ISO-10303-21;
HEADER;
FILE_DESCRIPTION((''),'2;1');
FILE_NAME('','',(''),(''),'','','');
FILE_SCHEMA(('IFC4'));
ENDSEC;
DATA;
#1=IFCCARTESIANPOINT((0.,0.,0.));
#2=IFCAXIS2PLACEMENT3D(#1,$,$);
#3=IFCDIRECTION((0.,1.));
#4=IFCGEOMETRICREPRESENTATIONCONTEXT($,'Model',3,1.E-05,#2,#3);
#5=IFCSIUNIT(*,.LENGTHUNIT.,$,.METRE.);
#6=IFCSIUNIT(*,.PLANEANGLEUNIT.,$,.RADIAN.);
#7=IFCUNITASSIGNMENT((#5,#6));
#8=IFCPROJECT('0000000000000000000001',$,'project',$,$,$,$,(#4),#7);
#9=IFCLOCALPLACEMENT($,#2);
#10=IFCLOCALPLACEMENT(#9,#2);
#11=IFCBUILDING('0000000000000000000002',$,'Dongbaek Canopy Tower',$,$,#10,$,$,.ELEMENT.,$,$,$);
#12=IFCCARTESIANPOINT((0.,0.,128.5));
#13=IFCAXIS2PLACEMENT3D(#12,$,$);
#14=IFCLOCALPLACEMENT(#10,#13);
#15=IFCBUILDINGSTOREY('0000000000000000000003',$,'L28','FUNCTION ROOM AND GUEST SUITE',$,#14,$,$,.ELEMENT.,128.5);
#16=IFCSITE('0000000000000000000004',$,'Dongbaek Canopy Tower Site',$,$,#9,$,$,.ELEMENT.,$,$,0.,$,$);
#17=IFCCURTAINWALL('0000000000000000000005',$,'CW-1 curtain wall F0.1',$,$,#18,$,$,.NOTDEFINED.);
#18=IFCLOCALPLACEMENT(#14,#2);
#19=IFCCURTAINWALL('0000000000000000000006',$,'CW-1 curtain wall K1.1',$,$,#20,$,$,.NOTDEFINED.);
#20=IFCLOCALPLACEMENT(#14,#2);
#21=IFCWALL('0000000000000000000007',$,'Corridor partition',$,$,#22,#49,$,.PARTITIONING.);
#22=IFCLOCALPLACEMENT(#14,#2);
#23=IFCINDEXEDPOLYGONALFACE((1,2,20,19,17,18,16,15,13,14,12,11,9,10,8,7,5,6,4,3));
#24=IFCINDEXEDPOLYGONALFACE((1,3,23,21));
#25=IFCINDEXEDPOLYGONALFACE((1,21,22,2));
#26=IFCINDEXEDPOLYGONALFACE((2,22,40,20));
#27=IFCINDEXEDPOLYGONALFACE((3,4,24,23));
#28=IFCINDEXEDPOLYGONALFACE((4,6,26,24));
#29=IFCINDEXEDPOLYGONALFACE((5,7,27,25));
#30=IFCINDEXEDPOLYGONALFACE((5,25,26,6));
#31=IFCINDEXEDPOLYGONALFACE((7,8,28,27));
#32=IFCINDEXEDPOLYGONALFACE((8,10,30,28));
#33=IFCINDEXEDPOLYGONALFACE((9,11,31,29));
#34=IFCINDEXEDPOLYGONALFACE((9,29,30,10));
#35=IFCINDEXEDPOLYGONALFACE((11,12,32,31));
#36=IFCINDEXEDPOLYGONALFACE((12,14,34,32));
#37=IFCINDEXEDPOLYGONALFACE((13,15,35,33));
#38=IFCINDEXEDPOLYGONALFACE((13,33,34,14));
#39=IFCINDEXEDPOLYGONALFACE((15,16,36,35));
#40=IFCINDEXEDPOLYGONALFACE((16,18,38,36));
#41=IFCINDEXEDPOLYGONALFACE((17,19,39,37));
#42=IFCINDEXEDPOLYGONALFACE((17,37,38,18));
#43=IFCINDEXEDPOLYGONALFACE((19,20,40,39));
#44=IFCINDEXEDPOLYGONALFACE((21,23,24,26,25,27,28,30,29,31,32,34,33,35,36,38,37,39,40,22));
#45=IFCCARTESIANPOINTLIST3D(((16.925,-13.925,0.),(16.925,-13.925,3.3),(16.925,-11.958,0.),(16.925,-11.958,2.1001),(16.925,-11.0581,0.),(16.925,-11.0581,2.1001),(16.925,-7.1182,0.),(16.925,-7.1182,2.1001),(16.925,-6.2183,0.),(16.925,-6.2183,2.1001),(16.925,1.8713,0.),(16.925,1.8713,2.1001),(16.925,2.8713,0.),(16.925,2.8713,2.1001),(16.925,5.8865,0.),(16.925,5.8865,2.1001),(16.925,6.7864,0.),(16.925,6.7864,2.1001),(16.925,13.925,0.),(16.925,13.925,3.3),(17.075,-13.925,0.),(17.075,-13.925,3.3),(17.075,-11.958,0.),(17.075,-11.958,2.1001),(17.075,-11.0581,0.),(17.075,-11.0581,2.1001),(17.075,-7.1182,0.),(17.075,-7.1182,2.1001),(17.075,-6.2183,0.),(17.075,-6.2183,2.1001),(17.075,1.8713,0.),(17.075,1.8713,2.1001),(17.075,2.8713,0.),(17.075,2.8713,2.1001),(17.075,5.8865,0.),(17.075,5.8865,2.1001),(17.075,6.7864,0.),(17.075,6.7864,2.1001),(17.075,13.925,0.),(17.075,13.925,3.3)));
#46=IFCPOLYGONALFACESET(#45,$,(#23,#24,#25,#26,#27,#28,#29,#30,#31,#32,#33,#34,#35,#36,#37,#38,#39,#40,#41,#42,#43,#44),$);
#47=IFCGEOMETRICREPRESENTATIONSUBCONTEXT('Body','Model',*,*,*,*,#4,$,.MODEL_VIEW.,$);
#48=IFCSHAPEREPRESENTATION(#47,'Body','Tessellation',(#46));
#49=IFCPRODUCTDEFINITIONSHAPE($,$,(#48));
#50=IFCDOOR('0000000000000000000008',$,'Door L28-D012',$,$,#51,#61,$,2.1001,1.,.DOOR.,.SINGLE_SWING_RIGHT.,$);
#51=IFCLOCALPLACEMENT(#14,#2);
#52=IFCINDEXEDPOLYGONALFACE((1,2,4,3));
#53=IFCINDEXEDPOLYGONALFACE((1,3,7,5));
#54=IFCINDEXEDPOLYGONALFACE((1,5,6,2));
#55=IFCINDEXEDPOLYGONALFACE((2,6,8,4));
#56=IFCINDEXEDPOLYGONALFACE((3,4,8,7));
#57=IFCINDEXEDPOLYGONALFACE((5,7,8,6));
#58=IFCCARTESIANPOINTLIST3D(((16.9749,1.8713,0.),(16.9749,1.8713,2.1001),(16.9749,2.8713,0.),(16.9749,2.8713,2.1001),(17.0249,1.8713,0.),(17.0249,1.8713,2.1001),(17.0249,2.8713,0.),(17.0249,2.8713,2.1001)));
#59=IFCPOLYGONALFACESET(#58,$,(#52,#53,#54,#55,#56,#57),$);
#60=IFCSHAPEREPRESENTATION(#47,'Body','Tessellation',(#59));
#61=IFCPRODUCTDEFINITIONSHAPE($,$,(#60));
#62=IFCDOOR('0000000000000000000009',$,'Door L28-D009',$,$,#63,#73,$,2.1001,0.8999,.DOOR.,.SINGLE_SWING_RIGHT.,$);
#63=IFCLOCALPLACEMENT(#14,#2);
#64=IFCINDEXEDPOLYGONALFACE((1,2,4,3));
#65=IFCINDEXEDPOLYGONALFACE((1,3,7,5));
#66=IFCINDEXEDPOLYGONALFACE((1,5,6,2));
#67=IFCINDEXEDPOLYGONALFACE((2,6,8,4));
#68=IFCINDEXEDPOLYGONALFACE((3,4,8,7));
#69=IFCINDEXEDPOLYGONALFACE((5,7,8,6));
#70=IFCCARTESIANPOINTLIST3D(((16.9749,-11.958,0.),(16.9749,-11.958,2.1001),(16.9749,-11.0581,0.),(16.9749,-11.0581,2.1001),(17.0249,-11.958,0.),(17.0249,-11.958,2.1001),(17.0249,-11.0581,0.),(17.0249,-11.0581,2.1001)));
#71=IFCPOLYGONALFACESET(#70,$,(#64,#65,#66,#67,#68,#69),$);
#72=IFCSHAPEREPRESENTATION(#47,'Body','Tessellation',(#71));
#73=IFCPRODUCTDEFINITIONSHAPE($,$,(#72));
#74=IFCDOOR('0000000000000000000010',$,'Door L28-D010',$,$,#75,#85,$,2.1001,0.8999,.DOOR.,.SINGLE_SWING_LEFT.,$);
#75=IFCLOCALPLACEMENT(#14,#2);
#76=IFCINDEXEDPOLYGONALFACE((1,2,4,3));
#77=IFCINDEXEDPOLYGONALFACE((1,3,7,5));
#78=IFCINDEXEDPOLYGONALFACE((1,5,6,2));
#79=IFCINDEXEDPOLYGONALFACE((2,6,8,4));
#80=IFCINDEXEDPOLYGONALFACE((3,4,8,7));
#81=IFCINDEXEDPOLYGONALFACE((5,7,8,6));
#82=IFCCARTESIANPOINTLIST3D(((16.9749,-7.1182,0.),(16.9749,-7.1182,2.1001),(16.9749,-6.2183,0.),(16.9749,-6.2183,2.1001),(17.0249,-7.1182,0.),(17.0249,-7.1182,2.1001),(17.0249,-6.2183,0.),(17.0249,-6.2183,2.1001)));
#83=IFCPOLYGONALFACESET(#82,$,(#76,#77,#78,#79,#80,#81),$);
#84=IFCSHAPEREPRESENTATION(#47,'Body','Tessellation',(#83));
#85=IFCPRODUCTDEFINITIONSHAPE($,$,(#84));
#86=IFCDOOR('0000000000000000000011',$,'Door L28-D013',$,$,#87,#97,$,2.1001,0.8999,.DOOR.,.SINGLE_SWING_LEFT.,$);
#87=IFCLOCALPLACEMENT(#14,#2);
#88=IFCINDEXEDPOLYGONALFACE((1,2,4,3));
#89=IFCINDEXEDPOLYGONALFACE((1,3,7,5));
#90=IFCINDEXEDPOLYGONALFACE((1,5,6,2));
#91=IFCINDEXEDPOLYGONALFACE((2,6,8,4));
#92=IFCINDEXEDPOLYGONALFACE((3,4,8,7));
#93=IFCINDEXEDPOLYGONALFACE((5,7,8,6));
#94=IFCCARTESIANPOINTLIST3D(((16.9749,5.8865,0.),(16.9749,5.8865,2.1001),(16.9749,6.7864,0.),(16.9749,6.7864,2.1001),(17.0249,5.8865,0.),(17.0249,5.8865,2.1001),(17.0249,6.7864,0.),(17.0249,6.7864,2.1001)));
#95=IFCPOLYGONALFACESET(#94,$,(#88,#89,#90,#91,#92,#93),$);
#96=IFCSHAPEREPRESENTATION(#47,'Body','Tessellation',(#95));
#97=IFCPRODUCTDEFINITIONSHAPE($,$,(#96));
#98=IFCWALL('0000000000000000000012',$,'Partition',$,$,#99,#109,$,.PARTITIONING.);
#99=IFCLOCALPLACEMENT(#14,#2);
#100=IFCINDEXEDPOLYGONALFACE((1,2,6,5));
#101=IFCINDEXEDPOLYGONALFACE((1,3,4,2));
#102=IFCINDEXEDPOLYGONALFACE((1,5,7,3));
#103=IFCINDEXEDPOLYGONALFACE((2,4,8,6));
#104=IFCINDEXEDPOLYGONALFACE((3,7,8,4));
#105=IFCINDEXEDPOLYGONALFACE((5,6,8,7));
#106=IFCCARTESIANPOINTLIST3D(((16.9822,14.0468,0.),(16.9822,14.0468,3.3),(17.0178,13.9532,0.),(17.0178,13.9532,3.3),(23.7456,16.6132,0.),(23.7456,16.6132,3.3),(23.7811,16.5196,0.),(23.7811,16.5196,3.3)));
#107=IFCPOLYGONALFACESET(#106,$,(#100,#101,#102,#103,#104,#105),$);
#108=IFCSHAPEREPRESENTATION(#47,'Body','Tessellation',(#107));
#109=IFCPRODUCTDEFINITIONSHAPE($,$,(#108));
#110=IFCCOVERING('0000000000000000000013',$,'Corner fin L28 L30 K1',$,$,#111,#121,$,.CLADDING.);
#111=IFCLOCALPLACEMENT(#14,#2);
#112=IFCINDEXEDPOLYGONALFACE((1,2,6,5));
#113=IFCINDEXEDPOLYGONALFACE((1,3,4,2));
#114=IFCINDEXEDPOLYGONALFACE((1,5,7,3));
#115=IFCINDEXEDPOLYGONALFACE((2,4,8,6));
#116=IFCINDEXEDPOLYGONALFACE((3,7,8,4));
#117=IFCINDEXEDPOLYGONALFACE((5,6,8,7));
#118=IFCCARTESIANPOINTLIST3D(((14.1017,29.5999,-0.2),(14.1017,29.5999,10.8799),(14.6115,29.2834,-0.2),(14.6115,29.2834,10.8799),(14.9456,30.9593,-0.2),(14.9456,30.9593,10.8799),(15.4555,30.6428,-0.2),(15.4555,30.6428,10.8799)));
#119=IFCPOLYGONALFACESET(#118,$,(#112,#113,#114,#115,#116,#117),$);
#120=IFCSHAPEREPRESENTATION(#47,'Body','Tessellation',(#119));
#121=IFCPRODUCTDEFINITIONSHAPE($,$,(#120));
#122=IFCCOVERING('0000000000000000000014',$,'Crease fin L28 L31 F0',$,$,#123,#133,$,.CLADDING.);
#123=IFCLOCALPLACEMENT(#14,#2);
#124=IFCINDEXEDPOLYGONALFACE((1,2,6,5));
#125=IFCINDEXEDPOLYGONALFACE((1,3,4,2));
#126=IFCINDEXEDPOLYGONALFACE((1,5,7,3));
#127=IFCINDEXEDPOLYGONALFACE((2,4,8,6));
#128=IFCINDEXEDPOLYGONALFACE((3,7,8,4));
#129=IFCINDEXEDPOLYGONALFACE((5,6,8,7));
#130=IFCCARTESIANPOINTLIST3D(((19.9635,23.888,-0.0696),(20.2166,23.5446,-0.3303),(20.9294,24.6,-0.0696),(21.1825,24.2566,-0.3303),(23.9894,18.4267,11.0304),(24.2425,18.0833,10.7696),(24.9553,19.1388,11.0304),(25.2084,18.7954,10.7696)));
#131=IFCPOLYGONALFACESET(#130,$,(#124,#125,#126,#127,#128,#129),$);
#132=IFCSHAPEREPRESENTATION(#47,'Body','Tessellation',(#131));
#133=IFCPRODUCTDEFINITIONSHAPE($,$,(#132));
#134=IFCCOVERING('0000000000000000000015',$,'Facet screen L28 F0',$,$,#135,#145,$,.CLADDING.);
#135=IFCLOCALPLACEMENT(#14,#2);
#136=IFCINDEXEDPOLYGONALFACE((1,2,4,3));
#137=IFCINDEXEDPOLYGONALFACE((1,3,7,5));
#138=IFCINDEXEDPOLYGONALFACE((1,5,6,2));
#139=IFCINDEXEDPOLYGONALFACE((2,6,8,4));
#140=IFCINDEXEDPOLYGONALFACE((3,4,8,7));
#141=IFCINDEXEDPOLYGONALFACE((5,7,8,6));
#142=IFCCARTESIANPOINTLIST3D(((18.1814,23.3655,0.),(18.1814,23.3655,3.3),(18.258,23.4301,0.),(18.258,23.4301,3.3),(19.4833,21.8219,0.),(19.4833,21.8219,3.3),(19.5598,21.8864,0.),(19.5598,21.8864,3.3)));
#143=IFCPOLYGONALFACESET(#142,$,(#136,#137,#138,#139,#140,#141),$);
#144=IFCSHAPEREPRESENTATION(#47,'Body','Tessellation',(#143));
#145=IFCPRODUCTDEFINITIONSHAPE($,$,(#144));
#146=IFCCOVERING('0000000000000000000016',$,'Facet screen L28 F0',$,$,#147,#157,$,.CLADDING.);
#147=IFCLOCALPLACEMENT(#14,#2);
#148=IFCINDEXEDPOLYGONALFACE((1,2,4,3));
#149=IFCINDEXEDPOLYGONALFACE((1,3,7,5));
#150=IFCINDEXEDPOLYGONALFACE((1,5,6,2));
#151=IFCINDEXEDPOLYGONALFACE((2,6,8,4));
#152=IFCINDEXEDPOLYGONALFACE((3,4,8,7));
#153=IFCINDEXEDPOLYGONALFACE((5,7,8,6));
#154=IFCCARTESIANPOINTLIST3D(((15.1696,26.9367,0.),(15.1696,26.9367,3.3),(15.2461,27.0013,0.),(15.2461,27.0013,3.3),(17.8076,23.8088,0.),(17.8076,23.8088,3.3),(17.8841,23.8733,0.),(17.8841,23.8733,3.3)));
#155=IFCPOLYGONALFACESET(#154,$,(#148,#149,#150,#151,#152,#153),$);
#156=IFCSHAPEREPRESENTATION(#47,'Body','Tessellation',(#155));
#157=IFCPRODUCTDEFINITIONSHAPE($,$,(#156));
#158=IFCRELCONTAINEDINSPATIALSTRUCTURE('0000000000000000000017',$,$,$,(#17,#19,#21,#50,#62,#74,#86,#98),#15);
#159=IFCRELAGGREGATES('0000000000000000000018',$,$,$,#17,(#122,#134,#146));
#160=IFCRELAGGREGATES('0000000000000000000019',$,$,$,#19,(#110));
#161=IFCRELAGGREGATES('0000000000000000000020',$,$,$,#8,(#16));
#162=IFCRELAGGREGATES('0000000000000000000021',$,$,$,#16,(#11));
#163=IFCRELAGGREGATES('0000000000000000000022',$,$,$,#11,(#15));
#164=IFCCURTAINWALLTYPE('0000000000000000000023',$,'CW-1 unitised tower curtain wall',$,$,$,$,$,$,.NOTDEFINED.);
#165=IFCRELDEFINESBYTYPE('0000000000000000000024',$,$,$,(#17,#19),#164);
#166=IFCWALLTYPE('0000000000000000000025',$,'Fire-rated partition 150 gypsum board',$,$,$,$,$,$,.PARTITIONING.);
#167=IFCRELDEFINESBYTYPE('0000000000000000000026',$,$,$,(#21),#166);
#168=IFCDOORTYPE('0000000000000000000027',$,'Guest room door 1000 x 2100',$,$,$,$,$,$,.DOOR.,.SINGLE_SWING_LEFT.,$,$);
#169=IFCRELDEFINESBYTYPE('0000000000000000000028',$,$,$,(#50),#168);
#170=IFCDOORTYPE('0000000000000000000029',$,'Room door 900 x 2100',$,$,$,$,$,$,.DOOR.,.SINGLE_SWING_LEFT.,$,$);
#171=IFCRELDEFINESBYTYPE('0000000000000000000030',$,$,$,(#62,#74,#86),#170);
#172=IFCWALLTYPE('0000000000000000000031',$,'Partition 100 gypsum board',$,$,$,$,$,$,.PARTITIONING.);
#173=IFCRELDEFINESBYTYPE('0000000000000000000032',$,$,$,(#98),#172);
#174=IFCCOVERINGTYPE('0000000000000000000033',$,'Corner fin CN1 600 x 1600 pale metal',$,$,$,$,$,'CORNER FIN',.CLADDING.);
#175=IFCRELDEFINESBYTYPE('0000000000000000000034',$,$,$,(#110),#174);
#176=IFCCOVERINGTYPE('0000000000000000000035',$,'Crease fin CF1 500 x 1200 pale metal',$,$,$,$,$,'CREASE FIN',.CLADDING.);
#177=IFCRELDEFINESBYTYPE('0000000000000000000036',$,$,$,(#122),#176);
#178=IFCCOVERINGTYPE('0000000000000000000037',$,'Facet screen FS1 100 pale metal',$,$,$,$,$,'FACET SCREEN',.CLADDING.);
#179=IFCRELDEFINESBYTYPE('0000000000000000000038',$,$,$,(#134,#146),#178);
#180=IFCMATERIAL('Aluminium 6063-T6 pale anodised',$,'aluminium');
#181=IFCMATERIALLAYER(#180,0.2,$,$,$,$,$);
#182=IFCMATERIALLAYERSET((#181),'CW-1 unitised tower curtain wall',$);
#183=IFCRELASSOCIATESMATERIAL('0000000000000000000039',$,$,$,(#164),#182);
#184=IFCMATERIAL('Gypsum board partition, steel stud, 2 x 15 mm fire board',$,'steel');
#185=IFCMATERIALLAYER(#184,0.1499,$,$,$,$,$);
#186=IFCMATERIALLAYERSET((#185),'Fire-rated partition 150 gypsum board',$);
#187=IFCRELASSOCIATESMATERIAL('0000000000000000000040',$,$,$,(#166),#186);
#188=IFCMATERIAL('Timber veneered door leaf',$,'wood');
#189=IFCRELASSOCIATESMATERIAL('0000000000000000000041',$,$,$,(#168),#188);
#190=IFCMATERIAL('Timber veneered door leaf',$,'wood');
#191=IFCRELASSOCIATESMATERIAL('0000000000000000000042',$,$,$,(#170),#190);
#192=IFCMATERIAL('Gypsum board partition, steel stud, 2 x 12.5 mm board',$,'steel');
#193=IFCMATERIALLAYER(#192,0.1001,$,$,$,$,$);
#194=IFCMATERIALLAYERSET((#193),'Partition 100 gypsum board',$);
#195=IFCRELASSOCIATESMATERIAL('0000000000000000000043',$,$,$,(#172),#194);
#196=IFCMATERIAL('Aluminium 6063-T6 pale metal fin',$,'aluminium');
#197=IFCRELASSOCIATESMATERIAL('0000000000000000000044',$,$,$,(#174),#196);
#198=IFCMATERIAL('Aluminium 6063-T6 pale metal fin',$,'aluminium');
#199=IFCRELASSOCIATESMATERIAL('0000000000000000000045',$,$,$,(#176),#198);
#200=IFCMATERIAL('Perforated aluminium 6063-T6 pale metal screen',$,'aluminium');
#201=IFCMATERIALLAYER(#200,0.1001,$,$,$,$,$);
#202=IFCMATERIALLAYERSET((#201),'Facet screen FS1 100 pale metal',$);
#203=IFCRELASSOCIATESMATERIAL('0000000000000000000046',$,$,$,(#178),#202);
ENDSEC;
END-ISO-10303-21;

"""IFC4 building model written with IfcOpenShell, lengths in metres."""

from ifc_helpers import new_model, si_unit, direction, frame, frame_2d, origin, origin_2d, place, context, subcontext, project, spatial, rectangle, extrude, material, layer, layer_set, material_profile, profile_set, type_object, element, fill, aggregate, save


model = new_model("IFC4")

# Units and contexts
model_context = context("Model", 3, precision=1e-05, world=origin(), true_north=direction((0.0, 1.0)))
body_context = subcontext(model_context, "Body", "Model", "MODEL_VIEW")
ifc_project = project(units=[si_unit("LENGTHUNIT", "METRE"), si_unit("PLANEANGLEUNIT", "RADIAN")], contexts=[model_context])

# Site, building, storey
site_placement = place(None, origin())
site = spatial("IfcSite", under=ifc_project, at=site_placement, Name="Dongbaek Canopy Tower Site", CompositionType="ELEMENT", RefElevation=0.0)
building_placement = place(site_placement, origin())
building = spatial("IfcBuilding", under=site, at=building_placement, Name="Dongbaek Canopy Tower", CompositionType="ELEMENT")
storey_placement = place(building_placement, frame((0.0, 0.0, 128.5)))
storey = spatial("IfcBuildingStorey", under=building, at=storey_placement, Name="L28", Description="FUNCTION ROOM AND GUEST SUITE", CompositionType="ELEMENT", Elevation=128.5)

# Curtain wall
ifc_material_1 = material(Name="Aluminium 6063-T6 pale anodised", Category="aluminium")
ifc_layer_1 = layer(ifc_material_1, 0.2)
ifc_layer_set_1 = layer_set([ifc_layer_1], Name="CW-1 unitised tower curtain wall")
curtain_wall_type = type_object("IfcCurtainWallType", Name="CW-1 unitised tower curtain wall", PredefinedType="NOTDEFINED", material=ifc_layer_set_1)
curtain_wall_1_placement = place(storey_placement, origin())
curtain_wall_1 = element("IfcCurtainWall", 1, at=curtain_wall_1_placement, inside=storey, type_object=curtain_wall_type, Name="CW-1 curtain wall F0.1", PredefinedType="NOTDEFINED")

# Curtain wall
curtain_wall_2_placement = place(storey_placement, origin())
curtain_wall_2 = element("IfcCurtainWall", 2, at=curtain_wall_2_placement, inside=storey, type_object=curtain_wall_type, Name="CW-1 curtain wall K1.1", PredefinedType="NOTDEFINED")

# Wall, openings, doors
ifc_material_2 = material(Name="Gypsum board partition, steel stud, 2 x 15 mm fire board", Category="steel")
ifc_layer_2 = layer(ifc_material_2, 0.1499)
ifc_layer_set_2 = layer_set([ifc_layer_2], Name="Fire-rated partition 150 gypsum board")
wall_type_1 = type_object("IfcWallType", Name="Fire-rated partition 150 gypsum board", PredefinedType="PARTITIONING", material=ifc_layer_set_2)
wall_1_placement = place(storey_placement, frame((17.0, 13.925, 0.0), z_axis=(0.0, 0.0, 1.0), x_axis=(0.0, -1.0, 0.0)))
wall_1 = element("IfcWall", 3, at=wall_1_placement, inside=storey, type_object=wall_type_1, Name="Corridor partition", PredefinedType="PARTITIONING", context=body_context, shape_type="SweptSolid", body=[
    extrude(rectangle(XDim=27.8501, YDim=0.1499, at=frame_2d((13.925, 0.0))), origin(), (0.0, 0.0, 1.0), 3.3),
])
opening_1_placement = place(wall_1_placement, frame((24.9832, 0.0, 0.0)))
opening_1 = element("IfcOpeningElement", 4, at=opening_1_placement, cuts=wall_1, PredefinedType="OPENING", context=body_context, shape_type="SweptSolid", body=[
    extrude(rectangle(XDim=0.8999, YDim=2.1001, at=frame_2d((0.45, 1.05))), frame((0.0, 0.085, 0.0), z_axis=(0.0, -1.0, 0.0), x_axis=(1.0, 0.0, 0.0)), (0.0, 0.0, 1.0), 0.1699),
])
opening_2_placement = place(wall_1_placement, frame((20.1433, 0.0, 0.0)))
opening_2 = element("IfcOpeningElement", 5, at=opening_2_placement, cuts=wall_1, PredefinedType="OPENING", context=body_context, shape_type="SweptSolid", body=[
    extrude(rectangle(XDim=0.8999, YDim=2.1001, at=frame_2d((0.45, 1.05))), frame((0.0, 0.085, 0.0), z_axis=(0.0, -1.0, 0.0), x_axis=(1.0, 0.0, 0.0)), (0.0, 0.0, 1.0), 0.1699),
])
opening_3_placement = place(wall_1_placement, frame((11.0537, 0.0, 0.0)))
opening_3 = element("IfcOpeningElement", 6, at=opening_3_placement, cuts=wall_1, PredefinedType="OPENING", context=body_context, shape_type="SweptSolid", body=[
    extrude(rectangle(XDim=1.0, YDim=2.1001, at=frame_2d((0.5, 1.05))), frame((0.0, 0.085, 0.0), z_axis=(0.0, -1.0, 0.0), x_axis=(1.0, 0.0, 0.0)), (0.0, 0.0, 1.0), 0.1699),
])
opening_4_placement = place(wall_1_placement, frame((7.1387, 0.0, 0.0)))
opening_4 = element("IfcOpeningElement", 7, at=opening_4_placement, cuts=wall_1, PredefinedType="OPENING", context=body_context, shape_type="SweptSolid", body=[
    extrude(rectangle(XDim=0.8999, YDim=2.1001, at=frame_2d((0.45, 1.05))), frame((0.0, 0.085, 0.0), z_axis=(0.0, -1.0, 0.0), x_axis=(1.0, 0.0, 0.0)), (0.0, 0.0, 1.0), 0.1699),
])
ifc_material_3 = material(Name="Timber veneered door leaf", Category="wood")
door_type_1 = type_object("IfcDoorType", Name="Guest room door 1000 x 2100", OperationType="SINGLE_SWING_LEFT", PredefinedType="DOOR", material=ifc_material_3)
door_1_placement = place(opening_3_placement, origin())
door_1 = element("IfcDoor", 8, at=door_1_placement, inside=storey, type_object=door_type_1, Name="Door L28-D012", OperationType="SINGLE_SWING_RIGHT", OverallHeight=2.1001, OverallWidth=1.0, PredefinedType="DOOR", context=body_context, shape_type="SweptSolid", body=[
    extrude(rectangle(XDim=1.0, YDim=2.1001, at=frame_2d((0.5, 1.05))), frame((0.0, 0.0249, 0.0), z_axis=(0.0, -1.0, 0.0), x_axis=(1.0, 0.0, 0.0)), (0.0, 0.0, 1.0), 0.05),
])
fill(opening_3, door_1)
ifc_material_4 = material(Name="Timber veneered door leaf", Category="wood")
door_type_2 = type_object("IfcDoorType", Name="Room door 900 x 2100", OperationType="SINGLE_SWING_LEFT", PredefinedType="DOOR", material=ifc_material_4)
door_2_placement = place(opening_1_placement, origin())
door_2 = element("IfcDoor", 9, at=door_2_placement, inside=storey, type_object=door_type_2, Name="Door L28-D009", OperationType="SINGLE_SWING_RIGHT", OverallHeight=2.1001, OverallWidth=0.8999, PredefinedType="DOOR", context=body_context, shape_type="SweptSolid", body=[
    extrude(rectangle(XDim=0.8999, YDim=2.1001, at=frame_2d((0.45, 1.05))), frame((0.0, 0.0249, 0.0), z_axis=(0.0, -1.0, 0.0), x_axis=(1.0, 0.0, 0.0)), (0.0, 0.0, 1.0), 0.05),
])
fill(opening_1, door_2)
door_3_placement = place(opening_2_placement, origin())
door_3 = element("IfcDoor", 10, at=door_3_placement, inside=storey, type_object=door_type_2, Name="Door L28-D010", OperationType="SINGLE_SWING_LEFT", OverallHeight=2.1001, OverallWidth=0.8999, PredefinedType="DOOR", context=body_context, shape_type="SweptSolid", body=[
    extrude(rectangle(XDim=0.8999, YDim=2.1001, at=frame_2d((0.45, 1.05))), frame((0.0, 0.0249, 0.0), z_axis=(0.0, -1.0, 0.0), x_axis=(1.0, 0.0, 0.0)), (0.0, 0.0, 1.0), 0.05),
])
fill(opening_2, door_3)
door_4_placement = place(opening_4_placement, origin())
door_4 = element("IfcDoor", 11, at=door_4_placement, inside=storey, type_object=door_type_2, Name="Door L28-D013", OperationType="SINGLE_SWING_LEFT", OverallHeight=2.1001, OverallWidth=0.8999, PredefinedType="DOOR", context=body_context, shape_type="SweptSolid", body=[
    extrude(rectangle(XDim=0.8999, YDim=2.1001, at=frame_2d((0.45, 1.05))), frame((0.0, 0.0249, 0.0), z_axis=(0.0, -1.0, 0.0), x_axis=(1.0, 0.0, 0.0)), (0.0, 0.0, 1.0), 0.05),
])
fill(opening_4, door_4)

# Wall
ifc_material_5 = material(Name="Gypsum board partition, steel stud, 2 x 12.5 mm board", Category="steel")
ifc_layer_3 = layer(ifc_material_5, 0.1001)
ifc_layer_set_3 = layer_set([ifc_layer_3], Name="Partition 100 gypsum board")
wall_type_2 = type_object("IfcWallType", Name="Partition 100 gypsum board", PredefinedType="PARTITIONING", material=ifc_layer_set_3)
wall_2_placement = place(storey_placement, frame((17.0, 14.0, 0.0), z_axis=(0.0, 0.0, 1.0), x_axis=(0.934953, 0.354771, 0.0)))
element("IfcWall", 12, at=wall_2_placement, inside=storey, type_object=wall_type_2, Name="Partition", PredefinedType="PARTITIONING", context=body_context, shape_type="SweptSolid", body=[
    extrude(rectangle(XDim=7.2339, YDim=0.1001, at=frame_2d((3.6169, 0.0))), origin(), (0.0, 0.0, 1.0), 3.3),
])

# Coverings
ifc_material_6 = material(Name="Aluminium 6063-T6 pale metal fin", Category="aluminium")
ifc_material_profile_1 = material_profile(ifc_material_6, rectangle(XDim=1.6001, YDim=0.6001, at=origin_2d()), Name="Corner fin CN1 600 x 1600 pale metal")
ifc_profile_set_1 = profile_set([ifc_material_profile_1], Name="Aluminium 6063-T6 pale metal fin")
covering_type_1 = type_object("IfcCoveringType", Name="Corner fin CN1 600 x 1600 pale metal", ElementType="CORNER FIN", PredefinedType="CLADDING", material=ifc_profile_set_1)
covering_1_placement = place(storey_placement, frame((14.7786, 30.1213, -0.2), z_axis=(0.0, 0.0, 1.0), x_axis=(0.527441, 0.849592, 0.0)))
covering_1 = element("IfcCovering", 13, at=covering_1_placement, type_object=covering_type_1, Name="Corner fin L28 L30 K1", PredefinedType="CLADDING", context=body_context, shape_type="SweptSolid", body=[
    extrude(rectangle(XDim=1.6001, YDim=0.6001, at=origin_2d()), origin(), (0.0, 0.0, 1.0), 11.0798),
])
ifc_material_7 = material(Name="Aluminium 6063-T6 pale metal fin", Category="aluminium")
ifc_material_profile_2 = material_profile(ifc_material_7, rectangle(XDim=1.2, YDim=0.5, at=origin_2d()), Name="Crease fin CF1 500 x 1200 pale metal")
ifc_profile_set_2 = profile_set([ifc_material_profile_2], Name="Aluminium 6063-T6 pale metal fin")
covering_type_2 = type_object("IfcCoveringType", Name="Crease fin CF1 500 x 1200 pale metal", ElementType="CREASE FIN", PredefinedType="CLADDING", material=ifc_profile_set_2)
covering_2_placement = place(storey_placement, frame((20.573, 24.0723, -0.2), z_axis=(0.309464, -0.419794, 0.853232), x_axis=(0.804926, 0.593376, 0.0)))
covering_2 = element("IfcCovering", 14, at=covering_2_placement, type_object=covering_type_2, Name="Crease fin L28 L31 F0", PredefinedType="CLADDING", context=body_context, shape_type="SweptSolid", body=[
    extrude(rectangle(XDim=1.2, YDim=0.5, at=origin_2d()), origin(), (0.0, 0.0, 1.0), 13.0093),
])
ifc_material_8 = material(Name="Perforated aluminium 6063-T6 pale metal screen", Category="aluminium")
ifc_layer_4 = layer(ifc_material_8, 0.1001)
ifc_layer_set_4 = layer_set([ifc_layer_4], Name="Facet screen FS1 100 pale metal")
covering_type_3 = type_object("IfcCoveringType", Name="Facet screen FS1 100 pale metal", ElementType="FACET SCREEN", PredefinedType="CLADDING", material=ifc_layer_set_4)
covering_3_placement = place(storey_placement, frame((18.8706, 22.626, 0.0), z_axis=(0.0, 0.0, 1.0), x_axis=(-0.644696, 0.764439, 0.0)))
covering_3 = element("IfcCovering", 15, at=covering_3_placement, type_object=covering_type_3, Name="Facet screen L28 F0", PredefinedType="CLADDING", context=body_context, shape_type="SweptSolid", body=[
    extrude(rectangle(XDim=2.0193, YDim=0.1001, at=origin_2d()), origin(), (0.0, 0.0, 1.0), 3.3),
])
covering_4_placement = place(storey_placement, frame((16.5269, 25.405, 0.0), z_axis=(0.0, 0.0, 1.0), x_axis=(-0.644696, 0.764439, 0.0)))
covering_4 = element("IfcCovering", 16, at=covering_4_placement, type_object=covering_type_3, Name="Facet screen L28 F0", PredefinedType="CLADDING", context=body_context, shape_type="SweptSolid", body=[
    extrude(rectangle(XDim=4.0918, YDim=0.1001, at=origin_2d()), origin(), (0.0, 0.0, 1.0), 3.3),
])
aggregate(curtain_wall_1, [covering_2, covering_3, covering_4])
aggregate(curtain_wall_2, [covering_1])

save(model, "model.ifc")
